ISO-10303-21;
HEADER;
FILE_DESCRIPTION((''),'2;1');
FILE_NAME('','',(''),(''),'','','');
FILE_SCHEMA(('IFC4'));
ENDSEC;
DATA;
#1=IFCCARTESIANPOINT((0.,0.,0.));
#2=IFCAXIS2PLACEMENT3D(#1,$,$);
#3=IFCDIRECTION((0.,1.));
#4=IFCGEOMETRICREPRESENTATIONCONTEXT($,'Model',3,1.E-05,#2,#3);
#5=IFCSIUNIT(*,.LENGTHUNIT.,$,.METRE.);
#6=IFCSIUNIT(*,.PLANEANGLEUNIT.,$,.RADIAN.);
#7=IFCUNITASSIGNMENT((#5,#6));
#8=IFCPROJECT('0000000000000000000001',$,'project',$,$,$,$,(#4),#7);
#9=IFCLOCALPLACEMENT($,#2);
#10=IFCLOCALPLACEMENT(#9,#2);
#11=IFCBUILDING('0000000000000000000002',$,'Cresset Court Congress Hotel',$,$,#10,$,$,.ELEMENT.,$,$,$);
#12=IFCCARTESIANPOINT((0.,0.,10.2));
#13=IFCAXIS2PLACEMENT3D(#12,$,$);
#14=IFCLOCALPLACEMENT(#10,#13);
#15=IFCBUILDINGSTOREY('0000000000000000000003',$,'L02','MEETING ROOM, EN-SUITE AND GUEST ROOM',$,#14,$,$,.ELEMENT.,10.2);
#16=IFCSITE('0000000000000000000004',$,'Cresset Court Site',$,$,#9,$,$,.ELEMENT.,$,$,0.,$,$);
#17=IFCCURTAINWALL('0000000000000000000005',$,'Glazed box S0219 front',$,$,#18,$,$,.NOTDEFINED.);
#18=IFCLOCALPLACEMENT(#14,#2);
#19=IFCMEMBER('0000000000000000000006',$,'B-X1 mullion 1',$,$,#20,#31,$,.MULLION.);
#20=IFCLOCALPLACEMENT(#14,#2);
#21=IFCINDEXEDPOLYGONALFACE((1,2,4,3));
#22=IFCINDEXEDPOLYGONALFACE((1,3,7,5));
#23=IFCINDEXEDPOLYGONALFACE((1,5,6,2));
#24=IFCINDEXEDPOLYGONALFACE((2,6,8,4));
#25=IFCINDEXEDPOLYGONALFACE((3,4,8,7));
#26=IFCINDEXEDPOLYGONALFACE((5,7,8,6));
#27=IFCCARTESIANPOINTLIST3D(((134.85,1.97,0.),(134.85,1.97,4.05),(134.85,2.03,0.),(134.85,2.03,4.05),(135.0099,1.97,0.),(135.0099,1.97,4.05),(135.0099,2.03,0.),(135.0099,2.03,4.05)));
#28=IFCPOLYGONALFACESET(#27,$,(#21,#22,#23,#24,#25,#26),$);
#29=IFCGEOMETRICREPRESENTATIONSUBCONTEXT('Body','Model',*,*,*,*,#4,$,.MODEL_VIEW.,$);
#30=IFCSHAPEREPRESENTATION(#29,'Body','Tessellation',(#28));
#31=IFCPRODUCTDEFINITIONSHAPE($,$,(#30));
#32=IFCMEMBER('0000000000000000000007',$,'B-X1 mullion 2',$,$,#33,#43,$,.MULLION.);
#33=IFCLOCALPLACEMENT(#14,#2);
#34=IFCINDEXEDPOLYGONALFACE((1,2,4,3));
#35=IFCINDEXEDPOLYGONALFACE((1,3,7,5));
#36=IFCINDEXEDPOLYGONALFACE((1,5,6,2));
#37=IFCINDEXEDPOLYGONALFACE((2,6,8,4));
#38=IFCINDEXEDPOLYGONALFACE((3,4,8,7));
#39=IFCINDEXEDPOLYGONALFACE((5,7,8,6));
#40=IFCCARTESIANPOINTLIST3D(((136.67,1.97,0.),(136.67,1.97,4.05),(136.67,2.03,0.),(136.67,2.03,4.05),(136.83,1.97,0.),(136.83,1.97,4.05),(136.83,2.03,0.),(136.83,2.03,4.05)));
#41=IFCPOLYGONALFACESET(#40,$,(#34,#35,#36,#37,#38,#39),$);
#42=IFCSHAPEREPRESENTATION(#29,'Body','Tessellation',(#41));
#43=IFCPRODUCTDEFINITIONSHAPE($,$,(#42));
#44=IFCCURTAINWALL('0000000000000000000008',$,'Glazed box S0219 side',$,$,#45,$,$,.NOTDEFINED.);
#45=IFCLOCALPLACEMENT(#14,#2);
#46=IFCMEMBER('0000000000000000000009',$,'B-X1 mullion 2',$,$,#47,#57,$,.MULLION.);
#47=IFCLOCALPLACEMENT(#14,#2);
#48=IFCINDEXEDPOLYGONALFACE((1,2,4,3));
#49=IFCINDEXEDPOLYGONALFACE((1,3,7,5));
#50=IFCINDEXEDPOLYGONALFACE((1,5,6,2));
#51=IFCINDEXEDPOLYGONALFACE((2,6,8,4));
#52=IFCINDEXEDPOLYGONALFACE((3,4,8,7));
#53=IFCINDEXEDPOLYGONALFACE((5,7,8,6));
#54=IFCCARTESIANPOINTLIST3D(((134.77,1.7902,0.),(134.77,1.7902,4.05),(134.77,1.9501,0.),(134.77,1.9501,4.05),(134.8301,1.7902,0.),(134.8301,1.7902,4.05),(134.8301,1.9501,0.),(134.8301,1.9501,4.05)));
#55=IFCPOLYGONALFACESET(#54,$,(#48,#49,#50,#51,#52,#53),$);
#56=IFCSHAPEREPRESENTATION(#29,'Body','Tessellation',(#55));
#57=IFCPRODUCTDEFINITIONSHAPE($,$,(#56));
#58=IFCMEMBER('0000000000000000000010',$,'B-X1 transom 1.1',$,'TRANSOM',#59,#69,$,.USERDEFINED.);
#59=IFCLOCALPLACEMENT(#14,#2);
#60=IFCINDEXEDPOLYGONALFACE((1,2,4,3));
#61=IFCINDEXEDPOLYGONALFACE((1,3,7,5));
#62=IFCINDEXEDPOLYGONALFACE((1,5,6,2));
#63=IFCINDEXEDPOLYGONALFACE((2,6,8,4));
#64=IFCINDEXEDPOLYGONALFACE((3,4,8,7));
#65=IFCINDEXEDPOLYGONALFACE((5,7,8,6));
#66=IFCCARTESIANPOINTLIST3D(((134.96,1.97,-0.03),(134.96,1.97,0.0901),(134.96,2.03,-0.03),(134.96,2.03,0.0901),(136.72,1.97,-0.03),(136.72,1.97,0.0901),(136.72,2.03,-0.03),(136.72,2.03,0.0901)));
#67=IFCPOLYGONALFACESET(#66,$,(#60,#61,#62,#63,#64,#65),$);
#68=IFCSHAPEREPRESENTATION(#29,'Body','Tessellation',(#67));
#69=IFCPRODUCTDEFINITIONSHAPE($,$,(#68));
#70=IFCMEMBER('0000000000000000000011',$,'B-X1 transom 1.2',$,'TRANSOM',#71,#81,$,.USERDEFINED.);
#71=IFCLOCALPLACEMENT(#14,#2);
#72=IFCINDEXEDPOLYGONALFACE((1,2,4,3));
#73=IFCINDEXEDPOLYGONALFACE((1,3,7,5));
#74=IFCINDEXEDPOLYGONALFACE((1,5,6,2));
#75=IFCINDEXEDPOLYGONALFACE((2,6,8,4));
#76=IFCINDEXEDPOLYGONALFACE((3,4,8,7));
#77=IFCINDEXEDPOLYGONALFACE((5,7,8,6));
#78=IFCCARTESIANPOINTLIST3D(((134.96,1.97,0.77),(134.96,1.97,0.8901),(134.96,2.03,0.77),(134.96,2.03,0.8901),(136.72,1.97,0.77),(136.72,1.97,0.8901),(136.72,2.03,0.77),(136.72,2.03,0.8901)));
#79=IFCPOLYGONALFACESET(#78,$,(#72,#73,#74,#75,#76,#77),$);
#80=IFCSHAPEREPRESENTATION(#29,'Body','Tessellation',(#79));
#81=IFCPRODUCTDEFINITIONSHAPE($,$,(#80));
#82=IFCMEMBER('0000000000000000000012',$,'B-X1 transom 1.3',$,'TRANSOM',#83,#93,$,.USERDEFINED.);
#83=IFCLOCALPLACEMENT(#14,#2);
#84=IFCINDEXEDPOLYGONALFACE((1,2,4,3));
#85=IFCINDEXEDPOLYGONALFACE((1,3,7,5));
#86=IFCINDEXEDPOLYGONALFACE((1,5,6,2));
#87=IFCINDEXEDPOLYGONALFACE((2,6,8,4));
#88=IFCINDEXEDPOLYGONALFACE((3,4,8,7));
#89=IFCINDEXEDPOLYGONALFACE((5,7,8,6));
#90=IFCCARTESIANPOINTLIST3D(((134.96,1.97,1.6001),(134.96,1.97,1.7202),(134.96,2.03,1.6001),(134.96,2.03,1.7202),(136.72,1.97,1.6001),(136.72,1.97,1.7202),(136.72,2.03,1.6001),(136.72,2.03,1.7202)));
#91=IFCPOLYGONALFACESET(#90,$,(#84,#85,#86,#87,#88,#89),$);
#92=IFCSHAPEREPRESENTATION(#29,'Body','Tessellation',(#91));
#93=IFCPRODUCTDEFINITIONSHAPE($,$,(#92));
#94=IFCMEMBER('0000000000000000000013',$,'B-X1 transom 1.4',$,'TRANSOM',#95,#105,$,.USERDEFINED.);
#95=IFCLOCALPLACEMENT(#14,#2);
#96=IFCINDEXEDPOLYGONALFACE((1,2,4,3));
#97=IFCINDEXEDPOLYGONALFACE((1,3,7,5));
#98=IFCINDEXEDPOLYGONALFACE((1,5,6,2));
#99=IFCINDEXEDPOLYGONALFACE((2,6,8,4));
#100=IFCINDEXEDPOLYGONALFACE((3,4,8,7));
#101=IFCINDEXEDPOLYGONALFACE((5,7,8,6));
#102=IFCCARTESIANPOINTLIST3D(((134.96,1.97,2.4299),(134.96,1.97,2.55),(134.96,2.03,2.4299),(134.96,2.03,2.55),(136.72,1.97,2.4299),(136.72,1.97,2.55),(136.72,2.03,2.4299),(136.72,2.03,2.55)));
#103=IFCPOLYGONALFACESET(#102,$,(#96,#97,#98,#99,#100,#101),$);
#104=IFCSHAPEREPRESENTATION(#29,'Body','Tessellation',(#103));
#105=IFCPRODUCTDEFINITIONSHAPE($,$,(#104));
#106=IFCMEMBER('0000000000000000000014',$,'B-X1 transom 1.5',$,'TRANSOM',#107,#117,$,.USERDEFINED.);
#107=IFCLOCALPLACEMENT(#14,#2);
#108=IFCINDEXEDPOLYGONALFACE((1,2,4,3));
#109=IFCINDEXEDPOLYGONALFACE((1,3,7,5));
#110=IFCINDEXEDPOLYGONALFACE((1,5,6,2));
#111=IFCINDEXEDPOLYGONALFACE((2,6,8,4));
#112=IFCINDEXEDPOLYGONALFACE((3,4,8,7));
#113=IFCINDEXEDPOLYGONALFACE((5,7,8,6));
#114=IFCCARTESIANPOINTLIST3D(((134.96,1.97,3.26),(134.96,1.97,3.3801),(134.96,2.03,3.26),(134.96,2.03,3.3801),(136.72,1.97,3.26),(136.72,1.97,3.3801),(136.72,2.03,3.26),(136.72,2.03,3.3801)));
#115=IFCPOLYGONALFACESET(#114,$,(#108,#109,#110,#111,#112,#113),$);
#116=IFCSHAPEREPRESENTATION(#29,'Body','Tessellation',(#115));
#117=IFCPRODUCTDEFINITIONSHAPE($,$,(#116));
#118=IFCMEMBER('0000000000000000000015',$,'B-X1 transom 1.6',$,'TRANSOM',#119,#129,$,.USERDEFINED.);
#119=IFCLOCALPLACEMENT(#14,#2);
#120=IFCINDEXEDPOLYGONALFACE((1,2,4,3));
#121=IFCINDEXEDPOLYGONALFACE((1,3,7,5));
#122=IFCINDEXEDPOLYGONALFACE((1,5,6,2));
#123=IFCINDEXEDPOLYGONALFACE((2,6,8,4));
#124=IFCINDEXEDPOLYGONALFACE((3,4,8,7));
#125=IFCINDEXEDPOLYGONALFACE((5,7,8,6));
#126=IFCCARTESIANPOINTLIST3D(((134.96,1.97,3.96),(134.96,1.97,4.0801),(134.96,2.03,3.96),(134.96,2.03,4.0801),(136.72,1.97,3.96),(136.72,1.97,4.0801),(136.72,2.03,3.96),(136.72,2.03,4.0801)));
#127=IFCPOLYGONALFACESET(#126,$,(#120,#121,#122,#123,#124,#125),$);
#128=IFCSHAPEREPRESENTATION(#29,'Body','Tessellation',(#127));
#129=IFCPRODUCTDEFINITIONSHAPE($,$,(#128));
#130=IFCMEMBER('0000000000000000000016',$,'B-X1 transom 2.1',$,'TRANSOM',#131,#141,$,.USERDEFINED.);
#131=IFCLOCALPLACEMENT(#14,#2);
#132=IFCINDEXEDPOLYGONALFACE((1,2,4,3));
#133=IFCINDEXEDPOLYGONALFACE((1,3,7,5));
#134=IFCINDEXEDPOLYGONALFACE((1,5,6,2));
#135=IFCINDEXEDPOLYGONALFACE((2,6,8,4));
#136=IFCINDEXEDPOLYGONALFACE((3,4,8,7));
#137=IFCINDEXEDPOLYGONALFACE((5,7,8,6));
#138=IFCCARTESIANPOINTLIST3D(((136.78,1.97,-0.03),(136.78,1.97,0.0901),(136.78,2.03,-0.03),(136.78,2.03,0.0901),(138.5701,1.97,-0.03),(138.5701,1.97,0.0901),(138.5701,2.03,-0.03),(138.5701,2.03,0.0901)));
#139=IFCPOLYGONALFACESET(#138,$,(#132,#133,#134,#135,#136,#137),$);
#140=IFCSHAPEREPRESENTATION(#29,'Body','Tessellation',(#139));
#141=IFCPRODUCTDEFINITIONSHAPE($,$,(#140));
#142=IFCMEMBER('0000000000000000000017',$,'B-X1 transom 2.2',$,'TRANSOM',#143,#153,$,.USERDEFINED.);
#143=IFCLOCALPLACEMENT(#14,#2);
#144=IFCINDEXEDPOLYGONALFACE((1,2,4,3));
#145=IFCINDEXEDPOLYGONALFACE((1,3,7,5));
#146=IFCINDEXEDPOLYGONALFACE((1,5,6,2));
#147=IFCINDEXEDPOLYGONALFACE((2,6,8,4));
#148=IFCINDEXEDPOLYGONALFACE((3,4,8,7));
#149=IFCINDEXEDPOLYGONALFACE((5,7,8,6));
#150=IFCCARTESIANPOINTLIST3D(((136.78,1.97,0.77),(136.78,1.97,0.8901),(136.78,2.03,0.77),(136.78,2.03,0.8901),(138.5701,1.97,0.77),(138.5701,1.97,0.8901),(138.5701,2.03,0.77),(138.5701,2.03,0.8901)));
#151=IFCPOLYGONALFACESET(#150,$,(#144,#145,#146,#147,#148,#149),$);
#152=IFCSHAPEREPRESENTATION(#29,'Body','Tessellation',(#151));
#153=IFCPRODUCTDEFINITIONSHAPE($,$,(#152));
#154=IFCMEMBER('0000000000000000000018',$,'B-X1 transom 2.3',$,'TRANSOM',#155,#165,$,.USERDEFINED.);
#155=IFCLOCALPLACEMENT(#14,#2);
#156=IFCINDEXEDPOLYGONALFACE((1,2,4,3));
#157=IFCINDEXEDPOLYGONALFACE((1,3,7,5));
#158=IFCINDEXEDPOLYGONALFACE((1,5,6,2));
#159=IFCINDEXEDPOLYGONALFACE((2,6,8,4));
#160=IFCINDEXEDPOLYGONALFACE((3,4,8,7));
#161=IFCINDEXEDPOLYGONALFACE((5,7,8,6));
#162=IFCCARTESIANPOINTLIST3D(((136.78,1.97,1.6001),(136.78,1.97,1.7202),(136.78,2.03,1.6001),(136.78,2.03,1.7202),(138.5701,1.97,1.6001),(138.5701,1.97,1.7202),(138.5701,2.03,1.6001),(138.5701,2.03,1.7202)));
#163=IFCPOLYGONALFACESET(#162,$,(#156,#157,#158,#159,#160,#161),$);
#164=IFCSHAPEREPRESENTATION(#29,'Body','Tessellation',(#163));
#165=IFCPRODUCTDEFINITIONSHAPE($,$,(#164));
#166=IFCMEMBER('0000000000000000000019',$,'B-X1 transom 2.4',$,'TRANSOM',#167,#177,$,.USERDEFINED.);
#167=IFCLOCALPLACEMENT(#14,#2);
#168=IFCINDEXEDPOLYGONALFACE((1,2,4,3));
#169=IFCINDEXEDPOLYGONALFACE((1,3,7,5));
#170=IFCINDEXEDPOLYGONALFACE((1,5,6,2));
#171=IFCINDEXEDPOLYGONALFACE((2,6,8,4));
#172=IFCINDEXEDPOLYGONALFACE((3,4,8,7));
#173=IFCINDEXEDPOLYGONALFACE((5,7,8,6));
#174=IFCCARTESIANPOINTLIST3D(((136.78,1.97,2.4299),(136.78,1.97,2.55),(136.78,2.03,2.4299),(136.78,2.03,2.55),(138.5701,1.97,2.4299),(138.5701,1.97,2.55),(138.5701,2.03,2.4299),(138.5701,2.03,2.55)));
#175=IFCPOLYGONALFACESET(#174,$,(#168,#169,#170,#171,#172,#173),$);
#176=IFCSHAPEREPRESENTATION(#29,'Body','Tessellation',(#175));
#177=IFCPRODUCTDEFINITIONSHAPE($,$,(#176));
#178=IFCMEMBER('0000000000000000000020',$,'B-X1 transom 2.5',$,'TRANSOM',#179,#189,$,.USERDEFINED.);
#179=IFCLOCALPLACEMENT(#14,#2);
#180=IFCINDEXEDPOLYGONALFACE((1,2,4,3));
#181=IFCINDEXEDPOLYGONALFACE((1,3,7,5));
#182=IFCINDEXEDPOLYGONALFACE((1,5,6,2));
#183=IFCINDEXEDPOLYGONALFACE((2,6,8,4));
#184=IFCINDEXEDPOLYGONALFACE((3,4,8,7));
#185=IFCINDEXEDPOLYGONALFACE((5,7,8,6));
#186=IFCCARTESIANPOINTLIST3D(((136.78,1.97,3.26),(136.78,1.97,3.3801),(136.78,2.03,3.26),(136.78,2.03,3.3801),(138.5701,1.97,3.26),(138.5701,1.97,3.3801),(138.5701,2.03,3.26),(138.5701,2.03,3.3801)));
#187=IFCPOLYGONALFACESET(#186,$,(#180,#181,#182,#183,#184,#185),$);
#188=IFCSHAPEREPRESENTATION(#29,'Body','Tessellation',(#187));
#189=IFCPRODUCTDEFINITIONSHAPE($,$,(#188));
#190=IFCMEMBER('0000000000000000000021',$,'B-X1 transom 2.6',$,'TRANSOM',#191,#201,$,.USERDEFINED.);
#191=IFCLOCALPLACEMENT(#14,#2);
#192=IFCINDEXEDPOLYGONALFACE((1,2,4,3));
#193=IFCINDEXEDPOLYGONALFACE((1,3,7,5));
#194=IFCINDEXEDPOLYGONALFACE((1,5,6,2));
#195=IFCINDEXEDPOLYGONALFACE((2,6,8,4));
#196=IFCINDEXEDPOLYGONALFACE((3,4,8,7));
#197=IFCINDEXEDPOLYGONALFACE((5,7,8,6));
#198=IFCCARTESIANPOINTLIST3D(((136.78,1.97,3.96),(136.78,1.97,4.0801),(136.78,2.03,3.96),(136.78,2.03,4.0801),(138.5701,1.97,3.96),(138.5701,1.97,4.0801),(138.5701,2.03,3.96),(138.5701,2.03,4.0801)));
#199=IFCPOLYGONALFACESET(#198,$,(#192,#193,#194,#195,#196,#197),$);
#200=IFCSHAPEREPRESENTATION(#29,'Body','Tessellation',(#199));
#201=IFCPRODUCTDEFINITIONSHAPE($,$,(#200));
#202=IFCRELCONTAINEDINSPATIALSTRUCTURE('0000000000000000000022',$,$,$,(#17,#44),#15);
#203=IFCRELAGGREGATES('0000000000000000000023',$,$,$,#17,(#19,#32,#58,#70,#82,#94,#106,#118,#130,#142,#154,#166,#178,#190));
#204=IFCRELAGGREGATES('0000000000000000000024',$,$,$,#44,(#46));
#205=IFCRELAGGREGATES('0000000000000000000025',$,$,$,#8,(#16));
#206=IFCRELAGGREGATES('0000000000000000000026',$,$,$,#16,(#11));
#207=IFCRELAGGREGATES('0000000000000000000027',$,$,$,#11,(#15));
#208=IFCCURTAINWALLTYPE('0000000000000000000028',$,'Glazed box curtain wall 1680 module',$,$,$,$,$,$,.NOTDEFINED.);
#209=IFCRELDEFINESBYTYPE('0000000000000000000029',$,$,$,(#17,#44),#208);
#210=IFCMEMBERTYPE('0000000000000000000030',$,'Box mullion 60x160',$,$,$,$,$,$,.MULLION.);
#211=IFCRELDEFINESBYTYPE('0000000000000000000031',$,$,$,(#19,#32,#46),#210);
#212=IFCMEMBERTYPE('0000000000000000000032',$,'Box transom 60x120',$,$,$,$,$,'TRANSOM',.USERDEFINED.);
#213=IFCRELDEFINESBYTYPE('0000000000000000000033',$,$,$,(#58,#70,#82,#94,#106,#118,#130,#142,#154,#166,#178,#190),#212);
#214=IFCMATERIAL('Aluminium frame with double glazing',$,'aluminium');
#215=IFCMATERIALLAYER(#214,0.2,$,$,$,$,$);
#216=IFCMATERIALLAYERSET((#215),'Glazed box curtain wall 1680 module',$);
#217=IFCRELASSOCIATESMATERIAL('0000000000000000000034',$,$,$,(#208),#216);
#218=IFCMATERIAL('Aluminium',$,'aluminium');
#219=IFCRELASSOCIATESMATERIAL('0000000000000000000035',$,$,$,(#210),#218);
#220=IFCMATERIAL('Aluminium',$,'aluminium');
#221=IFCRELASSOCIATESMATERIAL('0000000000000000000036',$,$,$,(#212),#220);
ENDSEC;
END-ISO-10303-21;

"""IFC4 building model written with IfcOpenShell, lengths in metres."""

from ifc_helpers import new_model, si_unit, direction, frame, origin, origin_2d, place, context, subcontext, project, spatial, rectangle, extrude, material, layer, layer_set, material_profile, profile_set, type_object, element, aggregate, save


model = new_model("IFC4")

# Units and contexts
model_context = context("Model", 3, precision=1e-05, world=origin(), true_north=direction((0.0, 1.0)))
body_context = subcontext(model_context, "Body", "Model", "MODEL_VIEW")
ifc_project = project(units=[si_unit("LENGTHUNIT", "METRE"), si_unit("PLANEANGLEUNIT", "RADIAN")], contexts=[model_context])

# Site, building, storey
site_placement = place(None, origin())
site = spatial("IfcSite", under=ifc_project, at=site_placement, Name="Cresset Court Site", CompositionType="ELEMENT", RefElevation=0.0)
building_placement = place(site_placement, origin())
building = spatial("IfcBuilding", under=site, at=building_placement, Name="Cresset Court Congress Hotel", CompositionType="ELEMENT")
storey_placement = place(building_placement, frame((0.0, 0.0, 10.2)))
storey = spatial("IfcBuildingStorey", under=building, at=storey_placement, Name="L02", Description="MEETING ROOM, EN-SUITE AND GUEST ROOM", CompositionType="ELEMENT", Elevation=10.2)

# Curtain wall, members
ifc_material_1 = material(Name="Aluminium frame with double glazing", Category="aluminium")
ifc_layer_1 = layer(ifc_material_1, 0.2)
ifc_layer_set_1 = layer_set([ifc_layer_1], Name="Glazed box curtain wall 1680 module")
curtain_wall_type = type_object("IfcCurtainWallType", Name="Glazed box curtain wall 1680 module", PredefinedType="NOTDEFINED", material=ifc_layer_set_1)
curtain_wall_1_placement = place(storey_placement, origin())
curtain_wall_1 = element("IfcCurtainWall", 1, at=curtain_wall_1_placement, inside=storey, type_object=curtain_wall_type, Name="Glazed box S0219 front", PredefinedType="NOTDEFINED")
ifc_material_2 = material(Name="Aluminium", Category="aluminium")
ifc_material_profile_1 = material_profile(ifc_material_2, rectangle(XDim=0.0601, YDim=0.1599, at=origin_2d()), Name="Box mullion 60x160")
ifc_profile_set_1 = profile_set([ifc_material_profile_1], Name="Aluminium")
member_type_1 = type_object("IfcMemberType", Name="Box mullion 60x160", PredefinedType="MULLION", material=ifc_profile_set_1)
member_1_placement = place(storey_placement, frame((134.9299, 2.0, 0.0), z_axis=(0.0, 0.0, 1.0), x_axis=(0.0, 1.0, 0.0)))
member_1 = element("IfcMember", 2, at=member_1_placement, type_object=member_type_1, Name="B-X1 mullion 1", PredefinedType="MULLION", context=body_context, shape_type="SweptSolid", body=[
    extrude(rectangle(XDim=0.0601, YDim=0.1599, at=origin_2d()), origin(), (0.0, 0.0, 1.0), 4.05),
])
member_2_placement = place(storey_placement, frame((136.75, 2.0, 0.0), z_axis=(0.0, 0.0, 1.0), x_axis=(0.0, 1.0, 0.0)))
member_2 = element("IfcMember", 3, at=member_2_placement, type_object=member_type_1, Name="B-X1 mullion 2", PredefinedType="MULLION", context=body_context, shape_type="SweptSolid", body=[
    extrude(rectangle(XDim=0.0601, YDim=0.1599, at=origin_2d()), origin(), (0.0, 0.0, 1.0), 4.05),
])

# Curtain wall, member
curtain_wall_2_placement = place(storey_placement, origin())
curtain_wall_2 = element("IfcCurtainWall", 4, at=curtain_wall_2_placement, inside=storey, type_object=curtain_wall_type, Name="Glazed box S0219 side", PredefinedType="NOTDEFINED")
member_3_placement = place(storey_placement, frame((134.8, 1.8701, 0.0), z_axis=(0.0, 0.0, 1.0), x_axis=(-1.0, 0.0, 0.0)))
member_3 = element("IfcMember", 5, at=member_3_placement, type_object=member_type_1, Name="B-X1 mullion 2", PredefinedType="MULLION", context=body_context, shape_type="SweptSolid", body=[
    extrude(rectangle(XDim=0.0601, YDim=0.1599, at=origin_2d()), origin(), (0.0, 0.0, 1.0), 4.05),
])

# Members
ifc_material_3 = material(Name="Aluminium", Category="aluminium")
ifc_material_profile_2 = material_profile(ifc_material_3, rectangle(XDim=0.0601, YDim=0.1201, at=origin_2d()), Name="Box transom 60x120")
ifc_profile_set_2 = profile_set([ifc_material_profile_2], Name="Aluminium")
member_type_2 = type_object("IfcMemberType", Name="Box transom 60x120", ElementType="TRANSOM", PredefinedType="USERDEFINED", material=ifc_profile_set_2)
member_4_placement = place(storey_placement, frame((134.96, 2.0, 0.03), z_axis=(1.0, 0.0, 0.0), x_axis=(0.0, 1.0, 0.0)))
member_4 = element("IfcMember", 6, at=member_4_placement, type_object=member_type_2, Name="B-X1 transom 1.1", ObjectType="TRANSOM", PredefinedType="USERDEFINED", context=body_context, shape_type="SweptSolid", body=[
    extrude(rectangle(XDim=0.0601, YDim=0.1201, at=origin_2d()), origin(), (0.0, 0.0, 1.0), 1.76),
])
member_5_placement = place(storey_placement, frame((134.96, 2.0, 0.8301), z_axis=(1.0, 0.0, 0.0), x_axis=(0.0, 1.0, 0.0)))
member_5 = element("IfcMember", 7, at=member_5_placement, type_object=member_type_2, Name="B-X1 transom 1.2", ObjectType="TRANSOM", PredefinedType="USERDEFINED", context=body_context, shape_type="SweptSolid", body=[
    extrude(rectangle(XDim=0.0601, YDim=0.1201, at=origin_2d()), origin(), (0.0, 0.0, 1.0), 1.76),
])
member_6_placement = place(storey_placement, frame((134.96, 2.0, 1.6602), z_axis=(1.0, 0.0, 0.0), x_axis=(0.0, 1.0, 0.0)))
member_6 = element("IfcMember", 8, at=member_6_placement, type_object=member_type_2, Name="B-X1 transom 1.3", ObjectType="TRANSOM", PredefinedType="USERDEFINED", context=body_context, shape_type="SweptSolid", body=[
    extrude(rectangle(XDim=0.0601, YDim=0.1201, at=origin_2d()), origin(), (0.0, 0.0, 1.0), 1.76),
])
member_7_placement = place(storey_placement, frame((134.96, 2.0, 2.49), z_axis=(1.0, 0.0, 0.0), x_axis=(0.0, 1.0, 0.0)))
member_7 = element("IfcMember", 9, at=member_7_placement, type_object=member_type_2, Name="B-X1 transom 1.4", ObjectType="TRANSOM", PredefinedType="USERDEFINED", context=body_context, shape_type="SweptSolid", body=[
    extrude(rectangle(XDim=0.0601, YDim=0.1201, at=origin_2d()), origin(), (0.0, 0.0, 1.0), 1.76),
])
member_8_placement = place(storey_placement, frame((134.96, 2.0, 3.3201), z_axis=(1.0, 0.0, 0.0), x_axis=(0.0, 1.0, 0.0)))
member_8 = element("IfcMember", 10, at=member_8_placement, type_object=member_type_2, Name="B-X1 transom 1.5", ObjectType="TRANSOM", PredefinedType="USERDEFINED", context=body_context, shape_type="SweptSolid", body=[
    extrude(rectangle(XDim=0.0601, YDim=0.1201, at=origin_2d()), origin(), (0.0, 0.0, 1.0), 1.76),
])
member_9_placement = place(storey_placement, frame((134.96, 2.0, 4.02), z_axis=(1.0, 0.0, 0.0), x_axis=(0.0, 1.0, 0.0)))
member_9 = element("IfcMember", 11, at=member_9_placement, type_object=member_type_2, Name="B-X1 transom 1.6", ObjectType="TRANSOM", PredefinedType="USERDEFINED", context=body_context, shape_type="SweptSolid", body=[
    extrude(rectangle(XDim=0.0601, YDim=0.1201, at=origin_2d()), origin(), (0.0, 0.0, 1.0), 1.76),
])
member_10_placement = place(storey_placement, frame((136.78, 2.0, 0.03), z_axis=(1.0, 0.0, 0.0), x_axis=(0.0, 1.0, 0.0)))
member_10 = element("IfcMember", 12, at=member_10_placement, type_object=member_type_2, Name="B-X1 transom 2.1", ObjectType="TRANSOM", PredefinedType="USERDEFINED", context=body_context, shape_type="SweptSolid", body=[
    extrude(rectangle(XDim=0.0601, YDim=0.1201, at=origin_2d()), origin(), (0.0, 0.0, 1.0), 1.79),
])
member_11_placement = place(storey_placement, frame((136.78, 2.0, 0.8301), z_axis=(1.0, 0.0, 0.0), x_axis=(0.0, 1.0, 0.0)))
member_11 = element("IfcMember", 13, at=member_11_placement, type_object=member_type_2, Name="B-X1 transom 2.2", ObjectType="TRANSOM", PredefinedType="USERDEFINED", context=body_context, shape_type="SweptSolid", body=[
    extrude(rectangle(XDim=0.0601, YDim=0.1201, at=origin_2d()), origin(), (0.0, 0.0, 1.0), 1.79),
])
member_12_placement = place(storey_placement, frame((136.78, 2.0, 1.6602), z_axis=(1.0, 0.0, 0.0), x_axis=(0.0, 1.0, 0.0)))
member_12 = element("IfcMember", 14, at=member_12_placement, type_object=member_type_2, Name="B-X1 transom 2.3", ObjectType="TRANSOM", PredefinedType="USERDEFINED", context=body_context, shape_type="SweptSolid", body=[
    extrude(rectangle(XDim=0.0601, YDim=0.1201, at=origin_2d()), origin(), (0.0, 0.0, 1.0), 1.79),
])
member_13_placement = place(storey_placement, frame((136.78, 2.0, 2.49), z_axis=(1.0, 0.0, 0.0), x_axis=(0.0, 1.0, 0.0)))
member_13 = element("IfcMember", 15, at=member_13_placement, type_object=member_type_2, Name="B-X1 transom 2.4", ObjectType="TRANSOM", PredefinedType="USERDEFINED", context=body_context, shape_type="SweptSolid", body=[
    extrude(rectangle(XDim=0.0601, YDim=0.1201, at=origin_2d()), origin(), (0.0, 0.0, 1.0), 1.79),
])
member_14_placement = place(storey_placement, frame((136.78, 2.0, 3.3201), z_axis=(1.0, 0.0, 0.0), x_axis=(0.0, 1.0, 0.0)))
member_14 = element("IfcMember", 16, at=member_14_placement, type_object=member_type_2, Name="B-X1 transom 2.5", ObjectType="TRANSOM", PredefinedType="USERDEFINED", context=body_context, shape_type="SweptSolid", body=[
    extrude(rectangle(XDim=0.0601, YDim=0.1201, at=origin_2d()), origin(), (0.0, 0.0, 1.0), 1.79),
])
member_15_placement = place(storey_placement, frame((136.78, 2.0, 4.02), z_axis=(1.0, 0.0, 0.0), x_axis=(0.0, 1.0, 0.0)))
member_15 = element("IfcMember", 17, at=member_15_placement, type_object=member_type_2, Name="B-X1 transom 2.6", ObjectType="TRANSOM", PredefinedType="USERDEFINED", context=body_context, shape_type="SweptSolid", body=[
    extrude(rectangle(XDim=0.0601, YDim=0.1201, at=origin_2d()), origin(), (0.0, 0.0, 1.0), 1.79),
])

aggregate(curtain_wall_1, [member_1, member_2, member_4, member_5, member_6, member_7, member_8, member_9, member_10, member_11, member_12, member_13, member_14, member_15])
aggregate(curtain_wall_2, [member_3])

save(model, "model.ifc")
